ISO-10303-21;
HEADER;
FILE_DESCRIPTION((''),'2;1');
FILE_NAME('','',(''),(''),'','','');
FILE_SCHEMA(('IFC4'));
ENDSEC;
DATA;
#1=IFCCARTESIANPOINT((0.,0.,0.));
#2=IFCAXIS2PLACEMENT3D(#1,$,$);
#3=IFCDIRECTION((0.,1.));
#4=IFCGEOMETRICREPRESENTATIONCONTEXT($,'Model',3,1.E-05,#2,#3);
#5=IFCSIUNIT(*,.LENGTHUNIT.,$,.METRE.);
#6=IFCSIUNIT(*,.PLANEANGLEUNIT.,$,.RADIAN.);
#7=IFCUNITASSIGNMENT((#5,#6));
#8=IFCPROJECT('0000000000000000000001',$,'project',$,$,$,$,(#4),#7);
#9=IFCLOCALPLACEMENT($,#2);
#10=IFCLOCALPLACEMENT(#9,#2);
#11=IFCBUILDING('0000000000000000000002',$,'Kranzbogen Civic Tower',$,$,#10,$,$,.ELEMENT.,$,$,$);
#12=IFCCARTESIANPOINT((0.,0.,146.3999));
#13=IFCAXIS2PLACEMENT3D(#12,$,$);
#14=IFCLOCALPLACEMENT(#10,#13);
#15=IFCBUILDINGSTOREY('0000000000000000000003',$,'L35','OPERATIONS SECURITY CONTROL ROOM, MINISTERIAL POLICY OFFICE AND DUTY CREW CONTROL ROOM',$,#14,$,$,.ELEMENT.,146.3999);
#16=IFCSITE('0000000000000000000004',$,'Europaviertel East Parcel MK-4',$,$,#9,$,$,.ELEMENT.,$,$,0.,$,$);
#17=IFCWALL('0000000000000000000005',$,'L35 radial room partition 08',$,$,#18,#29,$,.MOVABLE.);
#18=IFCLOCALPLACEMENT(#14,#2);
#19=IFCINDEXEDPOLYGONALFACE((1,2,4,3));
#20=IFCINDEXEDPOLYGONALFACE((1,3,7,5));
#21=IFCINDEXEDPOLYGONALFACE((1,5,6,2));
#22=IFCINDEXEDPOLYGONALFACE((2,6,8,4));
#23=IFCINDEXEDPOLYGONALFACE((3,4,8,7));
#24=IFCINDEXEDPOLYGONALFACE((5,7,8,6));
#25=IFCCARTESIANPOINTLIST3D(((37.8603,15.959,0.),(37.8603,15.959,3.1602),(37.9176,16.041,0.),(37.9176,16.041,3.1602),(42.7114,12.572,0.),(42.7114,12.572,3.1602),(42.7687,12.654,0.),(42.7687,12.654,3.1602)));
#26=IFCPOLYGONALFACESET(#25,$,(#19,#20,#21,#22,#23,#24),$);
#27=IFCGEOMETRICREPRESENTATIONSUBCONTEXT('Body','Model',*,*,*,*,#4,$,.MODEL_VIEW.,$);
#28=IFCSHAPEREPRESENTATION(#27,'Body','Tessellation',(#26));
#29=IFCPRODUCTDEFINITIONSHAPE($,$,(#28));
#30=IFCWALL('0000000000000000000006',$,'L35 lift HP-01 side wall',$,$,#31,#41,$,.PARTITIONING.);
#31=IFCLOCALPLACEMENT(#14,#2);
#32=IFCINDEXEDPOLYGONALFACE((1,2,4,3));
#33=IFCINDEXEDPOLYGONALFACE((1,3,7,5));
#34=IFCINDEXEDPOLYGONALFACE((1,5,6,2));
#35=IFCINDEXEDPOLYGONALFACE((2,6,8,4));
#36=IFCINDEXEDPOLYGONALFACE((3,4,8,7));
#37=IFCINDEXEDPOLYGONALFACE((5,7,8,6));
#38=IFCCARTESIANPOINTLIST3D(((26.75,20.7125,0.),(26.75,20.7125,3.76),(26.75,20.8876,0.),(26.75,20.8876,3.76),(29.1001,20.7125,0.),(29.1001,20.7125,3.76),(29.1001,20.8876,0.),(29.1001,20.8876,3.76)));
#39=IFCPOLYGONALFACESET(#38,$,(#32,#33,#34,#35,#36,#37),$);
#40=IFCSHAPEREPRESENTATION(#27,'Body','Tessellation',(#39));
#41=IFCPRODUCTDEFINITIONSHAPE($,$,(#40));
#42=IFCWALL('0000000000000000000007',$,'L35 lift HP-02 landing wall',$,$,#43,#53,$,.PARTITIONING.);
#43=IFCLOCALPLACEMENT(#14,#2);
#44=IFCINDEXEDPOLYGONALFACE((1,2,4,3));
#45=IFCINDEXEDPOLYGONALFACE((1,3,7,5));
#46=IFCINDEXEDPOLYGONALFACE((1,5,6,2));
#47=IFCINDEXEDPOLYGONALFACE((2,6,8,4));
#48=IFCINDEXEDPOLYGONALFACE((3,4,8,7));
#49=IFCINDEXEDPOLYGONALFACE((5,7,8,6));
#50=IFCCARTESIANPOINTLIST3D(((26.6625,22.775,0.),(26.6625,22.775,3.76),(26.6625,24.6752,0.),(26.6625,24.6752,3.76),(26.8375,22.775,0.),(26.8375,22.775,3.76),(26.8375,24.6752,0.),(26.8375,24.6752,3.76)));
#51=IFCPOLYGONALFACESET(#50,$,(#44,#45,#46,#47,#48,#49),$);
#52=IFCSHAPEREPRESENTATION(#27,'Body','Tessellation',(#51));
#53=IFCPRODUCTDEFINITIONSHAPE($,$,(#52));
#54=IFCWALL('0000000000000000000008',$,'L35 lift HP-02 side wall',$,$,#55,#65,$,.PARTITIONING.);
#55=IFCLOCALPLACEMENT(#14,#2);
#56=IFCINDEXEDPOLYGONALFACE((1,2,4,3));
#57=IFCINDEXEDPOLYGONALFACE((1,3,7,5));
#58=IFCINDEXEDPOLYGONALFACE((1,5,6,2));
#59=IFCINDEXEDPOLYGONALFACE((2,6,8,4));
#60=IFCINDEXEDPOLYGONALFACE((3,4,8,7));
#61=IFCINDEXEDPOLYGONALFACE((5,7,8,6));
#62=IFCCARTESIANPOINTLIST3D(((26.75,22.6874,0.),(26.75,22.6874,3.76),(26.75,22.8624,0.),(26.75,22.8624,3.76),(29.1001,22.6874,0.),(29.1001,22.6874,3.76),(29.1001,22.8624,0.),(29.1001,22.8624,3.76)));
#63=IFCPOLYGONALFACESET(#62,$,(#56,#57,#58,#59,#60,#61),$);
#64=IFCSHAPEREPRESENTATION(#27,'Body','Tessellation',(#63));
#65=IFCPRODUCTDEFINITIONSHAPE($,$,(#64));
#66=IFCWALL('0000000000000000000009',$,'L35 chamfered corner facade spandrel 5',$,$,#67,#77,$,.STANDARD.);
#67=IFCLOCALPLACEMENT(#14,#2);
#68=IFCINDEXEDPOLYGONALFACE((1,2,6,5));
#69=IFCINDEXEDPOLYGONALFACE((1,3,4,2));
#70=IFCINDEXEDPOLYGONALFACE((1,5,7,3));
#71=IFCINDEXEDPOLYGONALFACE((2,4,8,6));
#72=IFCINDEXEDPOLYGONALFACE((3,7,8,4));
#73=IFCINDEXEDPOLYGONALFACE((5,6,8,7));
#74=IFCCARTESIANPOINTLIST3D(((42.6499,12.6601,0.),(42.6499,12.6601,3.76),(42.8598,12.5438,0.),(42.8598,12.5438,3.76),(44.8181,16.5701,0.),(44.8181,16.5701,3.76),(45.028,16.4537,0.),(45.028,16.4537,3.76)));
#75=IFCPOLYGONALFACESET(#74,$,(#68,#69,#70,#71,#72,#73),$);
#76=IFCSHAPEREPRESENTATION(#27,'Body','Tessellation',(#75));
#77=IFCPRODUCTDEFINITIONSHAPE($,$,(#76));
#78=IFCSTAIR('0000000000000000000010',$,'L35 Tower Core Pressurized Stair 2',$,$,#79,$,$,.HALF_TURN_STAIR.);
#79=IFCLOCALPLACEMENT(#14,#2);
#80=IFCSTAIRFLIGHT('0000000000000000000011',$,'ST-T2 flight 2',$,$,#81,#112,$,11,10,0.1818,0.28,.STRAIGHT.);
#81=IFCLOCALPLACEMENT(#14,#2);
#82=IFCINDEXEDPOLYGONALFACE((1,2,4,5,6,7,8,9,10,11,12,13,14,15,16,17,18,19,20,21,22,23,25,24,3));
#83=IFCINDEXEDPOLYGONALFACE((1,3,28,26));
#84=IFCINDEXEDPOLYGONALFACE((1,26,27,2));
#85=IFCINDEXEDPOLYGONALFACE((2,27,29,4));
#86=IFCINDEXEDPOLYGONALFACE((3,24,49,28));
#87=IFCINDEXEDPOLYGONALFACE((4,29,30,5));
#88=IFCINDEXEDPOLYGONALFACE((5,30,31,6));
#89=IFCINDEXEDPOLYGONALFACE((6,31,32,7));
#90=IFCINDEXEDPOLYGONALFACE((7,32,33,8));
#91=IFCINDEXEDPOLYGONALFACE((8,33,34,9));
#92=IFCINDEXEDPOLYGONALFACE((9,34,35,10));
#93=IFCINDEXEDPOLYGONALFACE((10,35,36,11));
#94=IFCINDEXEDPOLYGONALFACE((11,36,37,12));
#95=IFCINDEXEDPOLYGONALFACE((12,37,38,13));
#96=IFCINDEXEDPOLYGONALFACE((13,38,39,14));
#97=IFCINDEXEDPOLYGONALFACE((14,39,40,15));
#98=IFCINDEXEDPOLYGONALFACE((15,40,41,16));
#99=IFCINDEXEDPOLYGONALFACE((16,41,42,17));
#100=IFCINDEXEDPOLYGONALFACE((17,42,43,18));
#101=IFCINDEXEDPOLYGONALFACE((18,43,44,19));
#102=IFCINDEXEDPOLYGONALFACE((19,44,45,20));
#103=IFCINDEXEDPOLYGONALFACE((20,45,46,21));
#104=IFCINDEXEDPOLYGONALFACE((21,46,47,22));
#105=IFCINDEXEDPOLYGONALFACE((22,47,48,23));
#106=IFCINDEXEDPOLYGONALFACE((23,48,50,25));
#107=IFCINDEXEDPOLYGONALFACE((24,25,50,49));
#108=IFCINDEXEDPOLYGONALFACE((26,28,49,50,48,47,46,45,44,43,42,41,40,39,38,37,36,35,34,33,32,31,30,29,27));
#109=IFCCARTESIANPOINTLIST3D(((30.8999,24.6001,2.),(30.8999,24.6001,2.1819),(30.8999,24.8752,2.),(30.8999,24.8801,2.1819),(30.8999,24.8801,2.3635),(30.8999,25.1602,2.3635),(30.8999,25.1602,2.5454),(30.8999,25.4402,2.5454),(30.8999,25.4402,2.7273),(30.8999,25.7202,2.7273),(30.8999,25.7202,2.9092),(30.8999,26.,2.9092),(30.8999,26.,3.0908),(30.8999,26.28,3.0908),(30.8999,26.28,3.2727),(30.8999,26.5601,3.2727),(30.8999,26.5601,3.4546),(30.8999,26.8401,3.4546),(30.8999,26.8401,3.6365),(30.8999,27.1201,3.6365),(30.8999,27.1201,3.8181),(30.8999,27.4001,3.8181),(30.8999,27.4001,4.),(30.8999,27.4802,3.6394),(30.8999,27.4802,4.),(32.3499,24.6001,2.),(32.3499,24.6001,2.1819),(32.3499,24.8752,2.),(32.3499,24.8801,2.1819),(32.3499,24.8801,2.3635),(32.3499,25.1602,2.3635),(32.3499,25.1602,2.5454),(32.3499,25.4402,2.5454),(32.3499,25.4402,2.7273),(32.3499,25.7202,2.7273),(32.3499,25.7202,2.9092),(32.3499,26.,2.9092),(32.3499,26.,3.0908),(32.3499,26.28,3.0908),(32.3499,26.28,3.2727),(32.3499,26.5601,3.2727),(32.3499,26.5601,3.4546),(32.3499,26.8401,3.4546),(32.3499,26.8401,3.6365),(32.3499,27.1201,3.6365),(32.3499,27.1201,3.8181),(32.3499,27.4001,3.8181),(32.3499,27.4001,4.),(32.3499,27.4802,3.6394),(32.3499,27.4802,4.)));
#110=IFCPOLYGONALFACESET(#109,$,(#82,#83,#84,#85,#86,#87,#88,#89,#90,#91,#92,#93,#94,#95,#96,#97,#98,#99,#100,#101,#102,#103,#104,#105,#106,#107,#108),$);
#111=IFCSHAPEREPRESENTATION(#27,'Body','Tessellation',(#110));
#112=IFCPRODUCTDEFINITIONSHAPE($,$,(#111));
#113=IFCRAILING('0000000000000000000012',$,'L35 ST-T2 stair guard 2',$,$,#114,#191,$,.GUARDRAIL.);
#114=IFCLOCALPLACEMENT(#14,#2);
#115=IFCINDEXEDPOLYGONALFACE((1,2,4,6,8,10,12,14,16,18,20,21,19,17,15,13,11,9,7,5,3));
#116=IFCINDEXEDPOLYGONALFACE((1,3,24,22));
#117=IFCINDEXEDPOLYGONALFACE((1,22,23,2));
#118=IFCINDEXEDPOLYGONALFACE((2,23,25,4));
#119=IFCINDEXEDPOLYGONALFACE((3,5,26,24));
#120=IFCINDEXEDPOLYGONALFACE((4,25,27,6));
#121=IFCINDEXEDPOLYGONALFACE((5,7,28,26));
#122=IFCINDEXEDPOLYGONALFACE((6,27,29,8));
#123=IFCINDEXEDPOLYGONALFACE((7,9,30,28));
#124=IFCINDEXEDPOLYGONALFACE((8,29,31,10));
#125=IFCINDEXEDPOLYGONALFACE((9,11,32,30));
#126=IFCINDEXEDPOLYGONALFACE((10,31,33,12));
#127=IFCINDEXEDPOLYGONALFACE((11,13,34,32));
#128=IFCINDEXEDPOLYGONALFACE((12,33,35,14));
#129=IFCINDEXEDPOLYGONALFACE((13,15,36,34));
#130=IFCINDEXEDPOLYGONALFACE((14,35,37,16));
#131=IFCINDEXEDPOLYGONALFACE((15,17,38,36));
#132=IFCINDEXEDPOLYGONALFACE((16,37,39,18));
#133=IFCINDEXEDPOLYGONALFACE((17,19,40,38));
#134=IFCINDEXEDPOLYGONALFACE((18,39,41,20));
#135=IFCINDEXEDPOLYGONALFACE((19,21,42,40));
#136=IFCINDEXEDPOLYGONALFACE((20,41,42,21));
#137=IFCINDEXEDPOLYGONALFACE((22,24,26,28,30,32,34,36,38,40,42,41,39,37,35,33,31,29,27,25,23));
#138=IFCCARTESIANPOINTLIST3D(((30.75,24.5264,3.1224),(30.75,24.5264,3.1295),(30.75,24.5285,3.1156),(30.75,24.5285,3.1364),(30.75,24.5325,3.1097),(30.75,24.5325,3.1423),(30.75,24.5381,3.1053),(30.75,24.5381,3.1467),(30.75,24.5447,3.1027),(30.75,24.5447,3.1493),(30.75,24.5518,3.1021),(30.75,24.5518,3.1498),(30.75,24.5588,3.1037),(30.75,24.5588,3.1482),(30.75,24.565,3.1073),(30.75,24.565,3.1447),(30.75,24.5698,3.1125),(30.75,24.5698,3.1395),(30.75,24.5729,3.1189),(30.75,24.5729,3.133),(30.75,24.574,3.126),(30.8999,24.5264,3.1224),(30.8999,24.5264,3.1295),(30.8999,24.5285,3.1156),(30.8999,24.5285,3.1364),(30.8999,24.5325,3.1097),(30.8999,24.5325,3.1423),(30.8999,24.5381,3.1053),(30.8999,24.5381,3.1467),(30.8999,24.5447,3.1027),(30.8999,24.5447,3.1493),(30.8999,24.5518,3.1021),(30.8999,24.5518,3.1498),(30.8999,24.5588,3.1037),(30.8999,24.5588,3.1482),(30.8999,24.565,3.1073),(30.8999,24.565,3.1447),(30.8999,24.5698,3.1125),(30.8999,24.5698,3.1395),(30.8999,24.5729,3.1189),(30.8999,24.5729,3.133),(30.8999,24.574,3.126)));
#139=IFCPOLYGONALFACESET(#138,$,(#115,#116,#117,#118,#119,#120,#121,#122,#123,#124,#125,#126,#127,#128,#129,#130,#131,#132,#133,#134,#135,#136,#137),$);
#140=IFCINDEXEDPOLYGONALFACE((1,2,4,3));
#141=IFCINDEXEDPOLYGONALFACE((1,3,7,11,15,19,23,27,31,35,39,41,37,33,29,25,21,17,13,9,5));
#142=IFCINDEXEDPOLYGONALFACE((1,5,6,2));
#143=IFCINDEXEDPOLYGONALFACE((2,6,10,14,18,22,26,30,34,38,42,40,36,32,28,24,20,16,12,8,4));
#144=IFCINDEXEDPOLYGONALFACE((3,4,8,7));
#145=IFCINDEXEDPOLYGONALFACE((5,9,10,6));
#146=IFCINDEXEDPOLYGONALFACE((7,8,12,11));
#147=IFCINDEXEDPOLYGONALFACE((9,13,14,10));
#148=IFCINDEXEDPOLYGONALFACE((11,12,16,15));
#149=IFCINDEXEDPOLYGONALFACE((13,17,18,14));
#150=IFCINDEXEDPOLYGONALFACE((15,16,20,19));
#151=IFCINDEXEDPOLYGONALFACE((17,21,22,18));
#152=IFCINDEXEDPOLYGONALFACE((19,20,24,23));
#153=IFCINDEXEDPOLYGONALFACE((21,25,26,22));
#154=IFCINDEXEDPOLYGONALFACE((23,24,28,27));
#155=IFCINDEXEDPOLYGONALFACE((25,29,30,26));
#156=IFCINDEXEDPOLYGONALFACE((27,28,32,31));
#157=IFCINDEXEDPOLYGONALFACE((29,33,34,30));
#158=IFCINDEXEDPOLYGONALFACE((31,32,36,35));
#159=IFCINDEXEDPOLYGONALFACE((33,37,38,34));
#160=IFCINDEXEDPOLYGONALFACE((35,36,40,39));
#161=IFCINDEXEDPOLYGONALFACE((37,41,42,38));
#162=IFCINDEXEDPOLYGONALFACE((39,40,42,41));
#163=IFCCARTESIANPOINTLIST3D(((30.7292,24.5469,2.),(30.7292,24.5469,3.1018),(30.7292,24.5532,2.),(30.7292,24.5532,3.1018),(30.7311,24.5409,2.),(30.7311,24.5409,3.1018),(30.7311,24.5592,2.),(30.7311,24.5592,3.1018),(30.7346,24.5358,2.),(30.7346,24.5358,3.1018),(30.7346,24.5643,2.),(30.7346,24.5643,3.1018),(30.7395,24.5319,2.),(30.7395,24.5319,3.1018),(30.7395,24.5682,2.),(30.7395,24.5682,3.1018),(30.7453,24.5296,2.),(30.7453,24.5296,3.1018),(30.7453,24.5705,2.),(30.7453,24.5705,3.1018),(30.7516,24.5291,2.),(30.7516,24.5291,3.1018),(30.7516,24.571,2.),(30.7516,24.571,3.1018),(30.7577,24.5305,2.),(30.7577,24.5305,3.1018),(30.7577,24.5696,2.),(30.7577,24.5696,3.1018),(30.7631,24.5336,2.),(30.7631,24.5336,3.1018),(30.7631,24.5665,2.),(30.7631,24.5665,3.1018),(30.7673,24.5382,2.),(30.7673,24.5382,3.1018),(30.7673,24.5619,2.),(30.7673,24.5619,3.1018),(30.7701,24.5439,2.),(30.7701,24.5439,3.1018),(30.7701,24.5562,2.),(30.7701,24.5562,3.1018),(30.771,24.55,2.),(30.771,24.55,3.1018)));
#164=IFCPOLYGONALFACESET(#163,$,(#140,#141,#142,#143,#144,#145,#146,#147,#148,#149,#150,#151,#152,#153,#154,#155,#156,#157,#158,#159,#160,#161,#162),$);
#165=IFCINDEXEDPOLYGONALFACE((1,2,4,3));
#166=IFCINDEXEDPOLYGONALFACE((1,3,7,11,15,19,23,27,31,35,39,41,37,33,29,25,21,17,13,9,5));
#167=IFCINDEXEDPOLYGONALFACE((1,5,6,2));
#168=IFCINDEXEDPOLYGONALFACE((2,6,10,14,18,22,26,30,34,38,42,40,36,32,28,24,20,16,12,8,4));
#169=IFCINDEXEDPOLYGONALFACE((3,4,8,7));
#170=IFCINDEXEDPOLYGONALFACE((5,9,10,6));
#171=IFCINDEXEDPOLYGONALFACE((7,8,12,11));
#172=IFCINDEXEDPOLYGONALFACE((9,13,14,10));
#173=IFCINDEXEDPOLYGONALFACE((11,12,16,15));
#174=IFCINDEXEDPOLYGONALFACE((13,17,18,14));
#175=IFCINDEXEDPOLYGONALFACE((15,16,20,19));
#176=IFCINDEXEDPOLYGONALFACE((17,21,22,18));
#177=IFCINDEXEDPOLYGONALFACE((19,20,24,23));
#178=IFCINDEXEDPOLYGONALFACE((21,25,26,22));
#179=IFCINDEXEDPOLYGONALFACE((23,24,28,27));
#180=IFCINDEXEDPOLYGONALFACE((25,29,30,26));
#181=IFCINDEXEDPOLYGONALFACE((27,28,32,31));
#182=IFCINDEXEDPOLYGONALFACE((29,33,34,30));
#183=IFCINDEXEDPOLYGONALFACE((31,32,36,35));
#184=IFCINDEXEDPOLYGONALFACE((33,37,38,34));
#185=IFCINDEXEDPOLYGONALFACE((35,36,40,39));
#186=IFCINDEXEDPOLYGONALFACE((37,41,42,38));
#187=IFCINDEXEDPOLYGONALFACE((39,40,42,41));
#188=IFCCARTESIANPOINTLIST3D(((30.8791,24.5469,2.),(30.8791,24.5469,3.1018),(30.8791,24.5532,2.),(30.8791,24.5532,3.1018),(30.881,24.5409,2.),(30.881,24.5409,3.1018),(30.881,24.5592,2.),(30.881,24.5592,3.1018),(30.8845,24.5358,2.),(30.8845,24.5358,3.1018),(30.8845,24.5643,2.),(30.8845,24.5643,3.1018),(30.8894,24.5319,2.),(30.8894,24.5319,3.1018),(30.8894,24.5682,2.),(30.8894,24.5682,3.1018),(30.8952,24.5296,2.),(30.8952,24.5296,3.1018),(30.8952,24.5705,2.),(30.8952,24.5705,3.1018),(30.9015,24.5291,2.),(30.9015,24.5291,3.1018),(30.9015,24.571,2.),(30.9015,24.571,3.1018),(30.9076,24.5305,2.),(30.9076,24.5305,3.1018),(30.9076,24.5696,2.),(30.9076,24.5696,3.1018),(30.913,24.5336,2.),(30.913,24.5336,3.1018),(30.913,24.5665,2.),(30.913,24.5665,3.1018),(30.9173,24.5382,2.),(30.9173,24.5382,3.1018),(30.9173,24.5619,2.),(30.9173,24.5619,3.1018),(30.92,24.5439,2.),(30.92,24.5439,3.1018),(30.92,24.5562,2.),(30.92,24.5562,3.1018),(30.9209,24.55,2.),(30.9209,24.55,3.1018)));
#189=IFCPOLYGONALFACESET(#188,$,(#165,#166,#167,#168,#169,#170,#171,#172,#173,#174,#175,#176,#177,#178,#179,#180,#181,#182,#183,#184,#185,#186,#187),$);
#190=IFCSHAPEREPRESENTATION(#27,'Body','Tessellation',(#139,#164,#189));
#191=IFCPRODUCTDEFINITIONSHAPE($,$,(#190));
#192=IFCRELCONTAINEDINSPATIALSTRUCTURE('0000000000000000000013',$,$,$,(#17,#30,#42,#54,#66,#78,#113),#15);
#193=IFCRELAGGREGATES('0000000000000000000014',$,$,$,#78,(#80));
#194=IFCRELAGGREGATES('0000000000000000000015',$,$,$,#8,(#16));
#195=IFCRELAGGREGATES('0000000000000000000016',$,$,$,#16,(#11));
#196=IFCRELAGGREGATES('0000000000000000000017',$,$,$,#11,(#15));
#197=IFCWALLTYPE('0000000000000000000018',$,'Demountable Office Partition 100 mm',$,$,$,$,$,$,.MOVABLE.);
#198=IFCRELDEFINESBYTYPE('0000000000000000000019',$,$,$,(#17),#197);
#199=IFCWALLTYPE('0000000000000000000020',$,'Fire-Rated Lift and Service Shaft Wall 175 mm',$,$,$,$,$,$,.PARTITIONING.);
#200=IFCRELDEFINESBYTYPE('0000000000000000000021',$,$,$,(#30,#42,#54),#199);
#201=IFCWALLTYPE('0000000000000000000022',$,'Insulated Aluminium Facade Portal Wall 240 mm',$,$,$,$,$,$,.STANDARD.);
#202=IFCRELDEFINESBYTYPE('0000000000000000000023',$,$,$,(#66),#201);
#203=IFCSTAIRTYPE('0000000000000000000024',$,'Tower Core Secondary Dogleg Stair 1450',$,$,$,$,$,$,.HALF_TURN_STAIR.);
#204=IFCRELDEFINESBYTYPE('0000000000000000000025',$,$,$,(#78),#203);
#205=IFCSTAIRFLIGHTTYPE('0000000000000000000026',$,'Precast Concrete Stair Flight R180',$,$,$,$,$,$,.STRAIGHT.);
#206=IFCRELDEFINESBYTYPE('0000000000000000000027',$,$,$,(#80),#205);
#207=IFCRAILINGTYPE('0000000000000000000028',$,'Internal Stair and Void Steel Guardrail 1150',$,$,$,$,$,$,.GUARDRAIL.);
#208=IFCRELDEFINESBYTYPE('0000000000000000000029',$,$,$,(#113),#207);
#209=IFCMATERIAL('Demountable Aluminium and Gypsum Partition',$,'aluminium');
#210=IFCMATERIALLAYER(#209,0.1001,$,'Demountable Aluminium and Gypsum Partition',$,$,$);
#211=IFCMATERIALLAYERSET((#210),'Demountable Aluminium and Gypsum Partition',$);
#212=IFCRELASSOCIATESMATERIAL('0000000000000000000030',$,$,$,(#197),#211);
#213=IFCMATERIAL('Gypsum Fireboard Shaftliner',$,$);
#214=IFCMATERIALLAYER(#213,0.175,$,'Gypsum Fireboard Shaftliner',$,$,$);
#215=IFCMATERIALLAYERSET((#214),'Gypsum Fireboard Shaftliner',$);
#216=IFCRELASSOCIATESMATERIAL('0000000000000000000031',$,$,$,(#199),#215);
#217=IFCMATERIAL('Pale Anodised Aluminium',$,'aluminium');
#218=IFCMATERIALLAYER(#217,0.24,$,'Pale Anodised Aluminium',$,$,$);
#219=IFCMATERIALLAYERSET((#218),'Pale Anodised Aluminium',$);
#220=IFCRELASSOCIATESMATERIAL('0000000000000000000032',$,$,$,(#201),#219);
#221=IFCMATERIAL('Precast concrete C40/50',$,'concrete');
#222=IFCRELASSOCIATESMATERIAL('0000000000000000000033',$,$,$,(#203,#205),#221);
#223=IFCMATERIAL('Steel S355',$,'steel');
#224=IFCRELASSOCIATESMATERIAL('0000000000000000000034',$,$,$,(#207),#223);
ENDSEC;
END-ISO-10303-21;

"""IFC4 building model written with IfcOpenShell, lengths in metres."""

from ifc_helpers import new_model, si_unit, direction, frame, frame_2d, origin, origin_2d, place, context, subcontext, project, spatial, polyline, rectangle, circle, outline, extrude, material, layer, layer_set, type_object, element, aggregate, save


model = new_model("IFC4")

# Units and contexts
model_context = context("Model", 3, precision=1e-05, world=origin(), true_north=direction((0.0, 1.0)))
body_context = subcontext(model_context, "Body", "Model", "MODEL_VIEW")
ifc_project = project(units=[si_unit("LENGTHUNIT", "METRE"), si_unit("PLANEANGLEUNIT", "RADIAN")], contexts=[model_context])

# Site, building, storey
site_placement = place(None, origin())
site = spatial("IfcSite", under=ifc_project, at=site_placement, Name="Europaviertel East Parcel MK-4", CompositionType="ELEMENT", RefElevation=0.0)
building_placement = place(site_placement, origin())
building = spatial("IfcBuilding", under=site, at=building_placement, Name="Kranzbogen Civic Tower", CompositionType="ELEMENT")
storey_placement = place(building_placement, frame((0.0, 0.0, 146.3999)))
storey = spatial("IfcBuildingStorey", under=building, at=storey_placement, Name="L35", Description="OPERATIONS SECURITY CONTROL ROOM, MINISTERIAL POLICY OFFICE AND DUTY CREW CONTROL ROOM", CompositionType="ELEMENT", Elevation=146.3999)

# Shared definitions
ifc_material_1 = material(Name="Steel S355", Category="steel")

# Shared definitions
ifc_material_2 = material(Name="Pale Anodised Aluminium", Category="aluminium")

# Walls
ifc_material_3 = material(Name="Demountable Aluminium and Gypsum Partition", Category="aluminium")
ifc_layer_1 = layer(ifc_material_3, 0.1001, Name="Demountable Aluminium and Gypsum Partition")
ifc_layer_set_1 = layer_set([ifc_layer_1], Name="Demountable Aluminium and Gypsum Partition")
wall_type_1 = type_object("IfcWallType", Name="Demountable Office Partition 100 mm", PredefinedType="MOVABLE", material=ifc_layer_set_1)
wall_1_placement = place(storey_placement, frame((37.8889, 16.0, 0.0), z_axis=(0.0, 0.0, 1.0), x_axis=(0.819929, -0.572465, 0.0)))
element("IfcWall", 1, at=wall_1_placement, inside=storey, type_object=wall_type_1, Name="L35 radial room partition 08", PredefinedType="MOVABLE", context=body_context, shape_type="SweptSolid", body=[
    extrude(rectangle(XDim=5.9165, YDim=0.1001, at=frame_2d((2.9583, 0.0))), origin(), (0.0, 0.0, 1.0), 3.1602),
])
ifc_material_4 = material(Name="Gypsum Fireboard Shaftliner")
ifc_layer_2 = layer(ifc_material_4, 0.175, Name="Gypsum Fireboard Shaftliner")
ifc_layer_set_2 = layer_set([ifc_layer_2], Name="Gypsum Fireboard Shaftliner")
wall_type_2 = type_object("IfcWallType", Name="Fire-Rated Lift and Service Shaft Wall 175 mm", PredefinedType="PARTITIONING", material=ifc_layer_set_2)
wall_2_placement = place(storey_placement, frame((26.75, 20.8, 0.0), z_axis=(0.0, 0.0, 1.0), x_axis=(1.0, 0.0, 0.0)))
element("IfcWall", 2, at=wall_2_placement, inside=storey, type_object=wall_type_2, Name="L35 lift HP-01 side wall", PredefinedType="PARTITIONING", context=body_context, shape_type="SweptSolid", body=[
    extrude(rectangle(XDim=2.3501, YDim=0.175, at=frame_2d((1.175, 0.0))), origin(), (0.0, 0.0, 1.0), 3.76),
])
wall_3_placement = place(storey_placement, frame((26.75, 22.7749, 0.0), z_axis=(0.0, 0.0, 1.0), x_axis=(0.0, 1.0, 0.0)))
element("IfcWall", 3, at=wall_3_placement, inside=storey, type_object=wall_type_2, Name="L35 lift HP-02 landing wall", PredefinedType="PARTITIONING", context=body_context, shape_type="SweptSolid", body=[
    extrude(rectangle(XDim=1.9001, YDim=0.175, at=frame_2d((0.9502, 0.0))), origin(), (0.0, 0.0, 1.0), 3.76),
])
wall_4_placement = place(storey_placement, frame((26.75, 22.7749, 0.0), z_axis=(0.0, 0.0, 1.0), x_axis=(1.0, 0.0, 0.0)))
element("IfcWall", 4, at=wall_4_placement, inside=storey, type_object=wall_type_2, Name="L35 lift HP-02 side wall", PredefinedType="PARTITIONING", context=body_context, shape_type="SweptSolid", body=[
    extrude(rectangle(XDim=2.3501, YDim=0.175, at=frame_2d((1.175, 0.0))), origin(), (0.0, 0.0, 1.0), 3.76),
])
ifc_layer_3 = layer(ifc_material_2, 0.24, Name="Pale Anodised Aluminium")
ifc_layer_set_3 = layer_set([ifc_layer_3], Name="Pale Anodised Aluminium")
wall_type_3 = type_object("IfcWallType", Name="Insulated Aluminium Facade Portal Wall 240 mm", PredefinedType="STANDARD", material=ifc_layer_set_3)
wall_5_placement = place(storey_placement, frame((42.7549, 12.6021, 0.0), z_axis=(0.0, 0.0, 1.0), x_axis=(0.484966, 0.874533, 0.0)))
element("IfcWall", 5, at=wall_5_placement, inside=storey, type_object=wall_type_3, Name="L35 chamfered corner facade spandrel 5", PredefinedType="STANDARD", context=body_context, shape_type="SweptSolid", body=[
    extrude(rectangle(XDim=4.4709, YDim=0.24, at=frame_2d((2.2354, 0.0))), origin(), (0.0, 0.0, 1.0), 3.76),
])

# Stair, stair flight
ifc_material_5 = material(Name="Precast concrete C40/50", Category="concrete")
stair_type = type_object("IfcStairType", Name="Tower Core Secondary Dogleg Stair 1450", PredefinedType="HALF_TURN_STAIR", material=ifc_material_5)
stair_placement = place(storey_placement, origin())
stair = element("IfcStair", 6, at=stair_placement, inside=storey, type_object=stair_type, Name="L35 Tower Core Pressurized Stair 2", PredefinedType="HALF_TURN_STAIR")
stair_flight_type = type_object("IfcStairFlightType", Name="Precast Concrete Stair Flight R180", PredefinedType="STRAIGHT", material=ifc_material_5)
stair_flight_placement = place(storey_placement, frame((31.625, 24.6001, 2.0), z_axis=(0.0, 0.0, 1.0), x_axis=(0.0, 1.0, 0.0)))
stair_flight = element("IfcStairFlight", 7, at=stair_flight_placement, type_object=stair_flight_type, Name="ST-T2 flight 2", NumberOfRisers=11, NumberOfTreads=10, PredefinedType="STRAIGHT", RiserHeight=0.1818, TreadLength=0.28, context=body_context, shape_type="SweptSolid", body=[
    extrude(outline(polyline([(0.0, 0.0), (0.0, 0.1819), (0.28, 0.1819), (0.28, 0.3635), (0.5601, 0.3635), (0.5601, 0.5454), (0.8401, 0.5454), (0.8401, 0.7273), (1.1201, 0.7273), (1.1201, 0.9092), (1.3999, 0.9092), (1.3999, 1.0908), (1.6799, 1.0908), (1.6799, 1.2727), (1.96, 1.2727), (1.96, 1.4546), (2.24, 1.4546), (2.24, 1.6365), (2.52, 1.6365), (2.52, 1.8181), (2.8, 1.8181), (2.8, 2.0), (2.8801, 2.0), (2.8801, 1.6394), (0.2751, 0.0), (0.0, 0.0)])), frame((0.0, 0.7251, 0.0), z_axis=(0.0, -1.0, 0.0), x_axis=(1.0, 0.0, 0.0)), (0.0, 0.0, 1.0), 1.45),
])
aggregate(stair, [stair_flight])

# Railing
railing_type = type_object("IfcRailingType", Name="Internal Stair and Void Steel Guardrail 1150", PredefinedType="GUARDRAIL", material=ifc_material_1)
railing_placement = place(storey_placement, frame((30.75, 24.55, 2.0)))
element("IfcRailing", 8, at=railing_placement, inside=storey, type_object=railing_type, Name="L35 ST-T2 stair guard 2", PredefinedType="GUARDRAIL", context=body_context, shape_type="SweptSolid", body=[
    extrude(circle(Radius=0.0239, at=origin_2d()), frame((0.0, 0.0, 1.126), z_axis=(1.0, 0.0, 0.0), x_axis=(0.0, 1.0, 0.0)), (0.0, 0.0, 1.0), 0.1499),
    extrude(circle(Radius=0.021, at=origin_2d()), origin(), (0.0, 0.0, 1.0), 1.1018),
    extrude(circle(Radius=0.021, at=origin_2d()), frame((0.1499, 0.0, 0.0)), (0.0, 0.0, 1.0), 1.1018),
])

save(model, "model.ifc")
